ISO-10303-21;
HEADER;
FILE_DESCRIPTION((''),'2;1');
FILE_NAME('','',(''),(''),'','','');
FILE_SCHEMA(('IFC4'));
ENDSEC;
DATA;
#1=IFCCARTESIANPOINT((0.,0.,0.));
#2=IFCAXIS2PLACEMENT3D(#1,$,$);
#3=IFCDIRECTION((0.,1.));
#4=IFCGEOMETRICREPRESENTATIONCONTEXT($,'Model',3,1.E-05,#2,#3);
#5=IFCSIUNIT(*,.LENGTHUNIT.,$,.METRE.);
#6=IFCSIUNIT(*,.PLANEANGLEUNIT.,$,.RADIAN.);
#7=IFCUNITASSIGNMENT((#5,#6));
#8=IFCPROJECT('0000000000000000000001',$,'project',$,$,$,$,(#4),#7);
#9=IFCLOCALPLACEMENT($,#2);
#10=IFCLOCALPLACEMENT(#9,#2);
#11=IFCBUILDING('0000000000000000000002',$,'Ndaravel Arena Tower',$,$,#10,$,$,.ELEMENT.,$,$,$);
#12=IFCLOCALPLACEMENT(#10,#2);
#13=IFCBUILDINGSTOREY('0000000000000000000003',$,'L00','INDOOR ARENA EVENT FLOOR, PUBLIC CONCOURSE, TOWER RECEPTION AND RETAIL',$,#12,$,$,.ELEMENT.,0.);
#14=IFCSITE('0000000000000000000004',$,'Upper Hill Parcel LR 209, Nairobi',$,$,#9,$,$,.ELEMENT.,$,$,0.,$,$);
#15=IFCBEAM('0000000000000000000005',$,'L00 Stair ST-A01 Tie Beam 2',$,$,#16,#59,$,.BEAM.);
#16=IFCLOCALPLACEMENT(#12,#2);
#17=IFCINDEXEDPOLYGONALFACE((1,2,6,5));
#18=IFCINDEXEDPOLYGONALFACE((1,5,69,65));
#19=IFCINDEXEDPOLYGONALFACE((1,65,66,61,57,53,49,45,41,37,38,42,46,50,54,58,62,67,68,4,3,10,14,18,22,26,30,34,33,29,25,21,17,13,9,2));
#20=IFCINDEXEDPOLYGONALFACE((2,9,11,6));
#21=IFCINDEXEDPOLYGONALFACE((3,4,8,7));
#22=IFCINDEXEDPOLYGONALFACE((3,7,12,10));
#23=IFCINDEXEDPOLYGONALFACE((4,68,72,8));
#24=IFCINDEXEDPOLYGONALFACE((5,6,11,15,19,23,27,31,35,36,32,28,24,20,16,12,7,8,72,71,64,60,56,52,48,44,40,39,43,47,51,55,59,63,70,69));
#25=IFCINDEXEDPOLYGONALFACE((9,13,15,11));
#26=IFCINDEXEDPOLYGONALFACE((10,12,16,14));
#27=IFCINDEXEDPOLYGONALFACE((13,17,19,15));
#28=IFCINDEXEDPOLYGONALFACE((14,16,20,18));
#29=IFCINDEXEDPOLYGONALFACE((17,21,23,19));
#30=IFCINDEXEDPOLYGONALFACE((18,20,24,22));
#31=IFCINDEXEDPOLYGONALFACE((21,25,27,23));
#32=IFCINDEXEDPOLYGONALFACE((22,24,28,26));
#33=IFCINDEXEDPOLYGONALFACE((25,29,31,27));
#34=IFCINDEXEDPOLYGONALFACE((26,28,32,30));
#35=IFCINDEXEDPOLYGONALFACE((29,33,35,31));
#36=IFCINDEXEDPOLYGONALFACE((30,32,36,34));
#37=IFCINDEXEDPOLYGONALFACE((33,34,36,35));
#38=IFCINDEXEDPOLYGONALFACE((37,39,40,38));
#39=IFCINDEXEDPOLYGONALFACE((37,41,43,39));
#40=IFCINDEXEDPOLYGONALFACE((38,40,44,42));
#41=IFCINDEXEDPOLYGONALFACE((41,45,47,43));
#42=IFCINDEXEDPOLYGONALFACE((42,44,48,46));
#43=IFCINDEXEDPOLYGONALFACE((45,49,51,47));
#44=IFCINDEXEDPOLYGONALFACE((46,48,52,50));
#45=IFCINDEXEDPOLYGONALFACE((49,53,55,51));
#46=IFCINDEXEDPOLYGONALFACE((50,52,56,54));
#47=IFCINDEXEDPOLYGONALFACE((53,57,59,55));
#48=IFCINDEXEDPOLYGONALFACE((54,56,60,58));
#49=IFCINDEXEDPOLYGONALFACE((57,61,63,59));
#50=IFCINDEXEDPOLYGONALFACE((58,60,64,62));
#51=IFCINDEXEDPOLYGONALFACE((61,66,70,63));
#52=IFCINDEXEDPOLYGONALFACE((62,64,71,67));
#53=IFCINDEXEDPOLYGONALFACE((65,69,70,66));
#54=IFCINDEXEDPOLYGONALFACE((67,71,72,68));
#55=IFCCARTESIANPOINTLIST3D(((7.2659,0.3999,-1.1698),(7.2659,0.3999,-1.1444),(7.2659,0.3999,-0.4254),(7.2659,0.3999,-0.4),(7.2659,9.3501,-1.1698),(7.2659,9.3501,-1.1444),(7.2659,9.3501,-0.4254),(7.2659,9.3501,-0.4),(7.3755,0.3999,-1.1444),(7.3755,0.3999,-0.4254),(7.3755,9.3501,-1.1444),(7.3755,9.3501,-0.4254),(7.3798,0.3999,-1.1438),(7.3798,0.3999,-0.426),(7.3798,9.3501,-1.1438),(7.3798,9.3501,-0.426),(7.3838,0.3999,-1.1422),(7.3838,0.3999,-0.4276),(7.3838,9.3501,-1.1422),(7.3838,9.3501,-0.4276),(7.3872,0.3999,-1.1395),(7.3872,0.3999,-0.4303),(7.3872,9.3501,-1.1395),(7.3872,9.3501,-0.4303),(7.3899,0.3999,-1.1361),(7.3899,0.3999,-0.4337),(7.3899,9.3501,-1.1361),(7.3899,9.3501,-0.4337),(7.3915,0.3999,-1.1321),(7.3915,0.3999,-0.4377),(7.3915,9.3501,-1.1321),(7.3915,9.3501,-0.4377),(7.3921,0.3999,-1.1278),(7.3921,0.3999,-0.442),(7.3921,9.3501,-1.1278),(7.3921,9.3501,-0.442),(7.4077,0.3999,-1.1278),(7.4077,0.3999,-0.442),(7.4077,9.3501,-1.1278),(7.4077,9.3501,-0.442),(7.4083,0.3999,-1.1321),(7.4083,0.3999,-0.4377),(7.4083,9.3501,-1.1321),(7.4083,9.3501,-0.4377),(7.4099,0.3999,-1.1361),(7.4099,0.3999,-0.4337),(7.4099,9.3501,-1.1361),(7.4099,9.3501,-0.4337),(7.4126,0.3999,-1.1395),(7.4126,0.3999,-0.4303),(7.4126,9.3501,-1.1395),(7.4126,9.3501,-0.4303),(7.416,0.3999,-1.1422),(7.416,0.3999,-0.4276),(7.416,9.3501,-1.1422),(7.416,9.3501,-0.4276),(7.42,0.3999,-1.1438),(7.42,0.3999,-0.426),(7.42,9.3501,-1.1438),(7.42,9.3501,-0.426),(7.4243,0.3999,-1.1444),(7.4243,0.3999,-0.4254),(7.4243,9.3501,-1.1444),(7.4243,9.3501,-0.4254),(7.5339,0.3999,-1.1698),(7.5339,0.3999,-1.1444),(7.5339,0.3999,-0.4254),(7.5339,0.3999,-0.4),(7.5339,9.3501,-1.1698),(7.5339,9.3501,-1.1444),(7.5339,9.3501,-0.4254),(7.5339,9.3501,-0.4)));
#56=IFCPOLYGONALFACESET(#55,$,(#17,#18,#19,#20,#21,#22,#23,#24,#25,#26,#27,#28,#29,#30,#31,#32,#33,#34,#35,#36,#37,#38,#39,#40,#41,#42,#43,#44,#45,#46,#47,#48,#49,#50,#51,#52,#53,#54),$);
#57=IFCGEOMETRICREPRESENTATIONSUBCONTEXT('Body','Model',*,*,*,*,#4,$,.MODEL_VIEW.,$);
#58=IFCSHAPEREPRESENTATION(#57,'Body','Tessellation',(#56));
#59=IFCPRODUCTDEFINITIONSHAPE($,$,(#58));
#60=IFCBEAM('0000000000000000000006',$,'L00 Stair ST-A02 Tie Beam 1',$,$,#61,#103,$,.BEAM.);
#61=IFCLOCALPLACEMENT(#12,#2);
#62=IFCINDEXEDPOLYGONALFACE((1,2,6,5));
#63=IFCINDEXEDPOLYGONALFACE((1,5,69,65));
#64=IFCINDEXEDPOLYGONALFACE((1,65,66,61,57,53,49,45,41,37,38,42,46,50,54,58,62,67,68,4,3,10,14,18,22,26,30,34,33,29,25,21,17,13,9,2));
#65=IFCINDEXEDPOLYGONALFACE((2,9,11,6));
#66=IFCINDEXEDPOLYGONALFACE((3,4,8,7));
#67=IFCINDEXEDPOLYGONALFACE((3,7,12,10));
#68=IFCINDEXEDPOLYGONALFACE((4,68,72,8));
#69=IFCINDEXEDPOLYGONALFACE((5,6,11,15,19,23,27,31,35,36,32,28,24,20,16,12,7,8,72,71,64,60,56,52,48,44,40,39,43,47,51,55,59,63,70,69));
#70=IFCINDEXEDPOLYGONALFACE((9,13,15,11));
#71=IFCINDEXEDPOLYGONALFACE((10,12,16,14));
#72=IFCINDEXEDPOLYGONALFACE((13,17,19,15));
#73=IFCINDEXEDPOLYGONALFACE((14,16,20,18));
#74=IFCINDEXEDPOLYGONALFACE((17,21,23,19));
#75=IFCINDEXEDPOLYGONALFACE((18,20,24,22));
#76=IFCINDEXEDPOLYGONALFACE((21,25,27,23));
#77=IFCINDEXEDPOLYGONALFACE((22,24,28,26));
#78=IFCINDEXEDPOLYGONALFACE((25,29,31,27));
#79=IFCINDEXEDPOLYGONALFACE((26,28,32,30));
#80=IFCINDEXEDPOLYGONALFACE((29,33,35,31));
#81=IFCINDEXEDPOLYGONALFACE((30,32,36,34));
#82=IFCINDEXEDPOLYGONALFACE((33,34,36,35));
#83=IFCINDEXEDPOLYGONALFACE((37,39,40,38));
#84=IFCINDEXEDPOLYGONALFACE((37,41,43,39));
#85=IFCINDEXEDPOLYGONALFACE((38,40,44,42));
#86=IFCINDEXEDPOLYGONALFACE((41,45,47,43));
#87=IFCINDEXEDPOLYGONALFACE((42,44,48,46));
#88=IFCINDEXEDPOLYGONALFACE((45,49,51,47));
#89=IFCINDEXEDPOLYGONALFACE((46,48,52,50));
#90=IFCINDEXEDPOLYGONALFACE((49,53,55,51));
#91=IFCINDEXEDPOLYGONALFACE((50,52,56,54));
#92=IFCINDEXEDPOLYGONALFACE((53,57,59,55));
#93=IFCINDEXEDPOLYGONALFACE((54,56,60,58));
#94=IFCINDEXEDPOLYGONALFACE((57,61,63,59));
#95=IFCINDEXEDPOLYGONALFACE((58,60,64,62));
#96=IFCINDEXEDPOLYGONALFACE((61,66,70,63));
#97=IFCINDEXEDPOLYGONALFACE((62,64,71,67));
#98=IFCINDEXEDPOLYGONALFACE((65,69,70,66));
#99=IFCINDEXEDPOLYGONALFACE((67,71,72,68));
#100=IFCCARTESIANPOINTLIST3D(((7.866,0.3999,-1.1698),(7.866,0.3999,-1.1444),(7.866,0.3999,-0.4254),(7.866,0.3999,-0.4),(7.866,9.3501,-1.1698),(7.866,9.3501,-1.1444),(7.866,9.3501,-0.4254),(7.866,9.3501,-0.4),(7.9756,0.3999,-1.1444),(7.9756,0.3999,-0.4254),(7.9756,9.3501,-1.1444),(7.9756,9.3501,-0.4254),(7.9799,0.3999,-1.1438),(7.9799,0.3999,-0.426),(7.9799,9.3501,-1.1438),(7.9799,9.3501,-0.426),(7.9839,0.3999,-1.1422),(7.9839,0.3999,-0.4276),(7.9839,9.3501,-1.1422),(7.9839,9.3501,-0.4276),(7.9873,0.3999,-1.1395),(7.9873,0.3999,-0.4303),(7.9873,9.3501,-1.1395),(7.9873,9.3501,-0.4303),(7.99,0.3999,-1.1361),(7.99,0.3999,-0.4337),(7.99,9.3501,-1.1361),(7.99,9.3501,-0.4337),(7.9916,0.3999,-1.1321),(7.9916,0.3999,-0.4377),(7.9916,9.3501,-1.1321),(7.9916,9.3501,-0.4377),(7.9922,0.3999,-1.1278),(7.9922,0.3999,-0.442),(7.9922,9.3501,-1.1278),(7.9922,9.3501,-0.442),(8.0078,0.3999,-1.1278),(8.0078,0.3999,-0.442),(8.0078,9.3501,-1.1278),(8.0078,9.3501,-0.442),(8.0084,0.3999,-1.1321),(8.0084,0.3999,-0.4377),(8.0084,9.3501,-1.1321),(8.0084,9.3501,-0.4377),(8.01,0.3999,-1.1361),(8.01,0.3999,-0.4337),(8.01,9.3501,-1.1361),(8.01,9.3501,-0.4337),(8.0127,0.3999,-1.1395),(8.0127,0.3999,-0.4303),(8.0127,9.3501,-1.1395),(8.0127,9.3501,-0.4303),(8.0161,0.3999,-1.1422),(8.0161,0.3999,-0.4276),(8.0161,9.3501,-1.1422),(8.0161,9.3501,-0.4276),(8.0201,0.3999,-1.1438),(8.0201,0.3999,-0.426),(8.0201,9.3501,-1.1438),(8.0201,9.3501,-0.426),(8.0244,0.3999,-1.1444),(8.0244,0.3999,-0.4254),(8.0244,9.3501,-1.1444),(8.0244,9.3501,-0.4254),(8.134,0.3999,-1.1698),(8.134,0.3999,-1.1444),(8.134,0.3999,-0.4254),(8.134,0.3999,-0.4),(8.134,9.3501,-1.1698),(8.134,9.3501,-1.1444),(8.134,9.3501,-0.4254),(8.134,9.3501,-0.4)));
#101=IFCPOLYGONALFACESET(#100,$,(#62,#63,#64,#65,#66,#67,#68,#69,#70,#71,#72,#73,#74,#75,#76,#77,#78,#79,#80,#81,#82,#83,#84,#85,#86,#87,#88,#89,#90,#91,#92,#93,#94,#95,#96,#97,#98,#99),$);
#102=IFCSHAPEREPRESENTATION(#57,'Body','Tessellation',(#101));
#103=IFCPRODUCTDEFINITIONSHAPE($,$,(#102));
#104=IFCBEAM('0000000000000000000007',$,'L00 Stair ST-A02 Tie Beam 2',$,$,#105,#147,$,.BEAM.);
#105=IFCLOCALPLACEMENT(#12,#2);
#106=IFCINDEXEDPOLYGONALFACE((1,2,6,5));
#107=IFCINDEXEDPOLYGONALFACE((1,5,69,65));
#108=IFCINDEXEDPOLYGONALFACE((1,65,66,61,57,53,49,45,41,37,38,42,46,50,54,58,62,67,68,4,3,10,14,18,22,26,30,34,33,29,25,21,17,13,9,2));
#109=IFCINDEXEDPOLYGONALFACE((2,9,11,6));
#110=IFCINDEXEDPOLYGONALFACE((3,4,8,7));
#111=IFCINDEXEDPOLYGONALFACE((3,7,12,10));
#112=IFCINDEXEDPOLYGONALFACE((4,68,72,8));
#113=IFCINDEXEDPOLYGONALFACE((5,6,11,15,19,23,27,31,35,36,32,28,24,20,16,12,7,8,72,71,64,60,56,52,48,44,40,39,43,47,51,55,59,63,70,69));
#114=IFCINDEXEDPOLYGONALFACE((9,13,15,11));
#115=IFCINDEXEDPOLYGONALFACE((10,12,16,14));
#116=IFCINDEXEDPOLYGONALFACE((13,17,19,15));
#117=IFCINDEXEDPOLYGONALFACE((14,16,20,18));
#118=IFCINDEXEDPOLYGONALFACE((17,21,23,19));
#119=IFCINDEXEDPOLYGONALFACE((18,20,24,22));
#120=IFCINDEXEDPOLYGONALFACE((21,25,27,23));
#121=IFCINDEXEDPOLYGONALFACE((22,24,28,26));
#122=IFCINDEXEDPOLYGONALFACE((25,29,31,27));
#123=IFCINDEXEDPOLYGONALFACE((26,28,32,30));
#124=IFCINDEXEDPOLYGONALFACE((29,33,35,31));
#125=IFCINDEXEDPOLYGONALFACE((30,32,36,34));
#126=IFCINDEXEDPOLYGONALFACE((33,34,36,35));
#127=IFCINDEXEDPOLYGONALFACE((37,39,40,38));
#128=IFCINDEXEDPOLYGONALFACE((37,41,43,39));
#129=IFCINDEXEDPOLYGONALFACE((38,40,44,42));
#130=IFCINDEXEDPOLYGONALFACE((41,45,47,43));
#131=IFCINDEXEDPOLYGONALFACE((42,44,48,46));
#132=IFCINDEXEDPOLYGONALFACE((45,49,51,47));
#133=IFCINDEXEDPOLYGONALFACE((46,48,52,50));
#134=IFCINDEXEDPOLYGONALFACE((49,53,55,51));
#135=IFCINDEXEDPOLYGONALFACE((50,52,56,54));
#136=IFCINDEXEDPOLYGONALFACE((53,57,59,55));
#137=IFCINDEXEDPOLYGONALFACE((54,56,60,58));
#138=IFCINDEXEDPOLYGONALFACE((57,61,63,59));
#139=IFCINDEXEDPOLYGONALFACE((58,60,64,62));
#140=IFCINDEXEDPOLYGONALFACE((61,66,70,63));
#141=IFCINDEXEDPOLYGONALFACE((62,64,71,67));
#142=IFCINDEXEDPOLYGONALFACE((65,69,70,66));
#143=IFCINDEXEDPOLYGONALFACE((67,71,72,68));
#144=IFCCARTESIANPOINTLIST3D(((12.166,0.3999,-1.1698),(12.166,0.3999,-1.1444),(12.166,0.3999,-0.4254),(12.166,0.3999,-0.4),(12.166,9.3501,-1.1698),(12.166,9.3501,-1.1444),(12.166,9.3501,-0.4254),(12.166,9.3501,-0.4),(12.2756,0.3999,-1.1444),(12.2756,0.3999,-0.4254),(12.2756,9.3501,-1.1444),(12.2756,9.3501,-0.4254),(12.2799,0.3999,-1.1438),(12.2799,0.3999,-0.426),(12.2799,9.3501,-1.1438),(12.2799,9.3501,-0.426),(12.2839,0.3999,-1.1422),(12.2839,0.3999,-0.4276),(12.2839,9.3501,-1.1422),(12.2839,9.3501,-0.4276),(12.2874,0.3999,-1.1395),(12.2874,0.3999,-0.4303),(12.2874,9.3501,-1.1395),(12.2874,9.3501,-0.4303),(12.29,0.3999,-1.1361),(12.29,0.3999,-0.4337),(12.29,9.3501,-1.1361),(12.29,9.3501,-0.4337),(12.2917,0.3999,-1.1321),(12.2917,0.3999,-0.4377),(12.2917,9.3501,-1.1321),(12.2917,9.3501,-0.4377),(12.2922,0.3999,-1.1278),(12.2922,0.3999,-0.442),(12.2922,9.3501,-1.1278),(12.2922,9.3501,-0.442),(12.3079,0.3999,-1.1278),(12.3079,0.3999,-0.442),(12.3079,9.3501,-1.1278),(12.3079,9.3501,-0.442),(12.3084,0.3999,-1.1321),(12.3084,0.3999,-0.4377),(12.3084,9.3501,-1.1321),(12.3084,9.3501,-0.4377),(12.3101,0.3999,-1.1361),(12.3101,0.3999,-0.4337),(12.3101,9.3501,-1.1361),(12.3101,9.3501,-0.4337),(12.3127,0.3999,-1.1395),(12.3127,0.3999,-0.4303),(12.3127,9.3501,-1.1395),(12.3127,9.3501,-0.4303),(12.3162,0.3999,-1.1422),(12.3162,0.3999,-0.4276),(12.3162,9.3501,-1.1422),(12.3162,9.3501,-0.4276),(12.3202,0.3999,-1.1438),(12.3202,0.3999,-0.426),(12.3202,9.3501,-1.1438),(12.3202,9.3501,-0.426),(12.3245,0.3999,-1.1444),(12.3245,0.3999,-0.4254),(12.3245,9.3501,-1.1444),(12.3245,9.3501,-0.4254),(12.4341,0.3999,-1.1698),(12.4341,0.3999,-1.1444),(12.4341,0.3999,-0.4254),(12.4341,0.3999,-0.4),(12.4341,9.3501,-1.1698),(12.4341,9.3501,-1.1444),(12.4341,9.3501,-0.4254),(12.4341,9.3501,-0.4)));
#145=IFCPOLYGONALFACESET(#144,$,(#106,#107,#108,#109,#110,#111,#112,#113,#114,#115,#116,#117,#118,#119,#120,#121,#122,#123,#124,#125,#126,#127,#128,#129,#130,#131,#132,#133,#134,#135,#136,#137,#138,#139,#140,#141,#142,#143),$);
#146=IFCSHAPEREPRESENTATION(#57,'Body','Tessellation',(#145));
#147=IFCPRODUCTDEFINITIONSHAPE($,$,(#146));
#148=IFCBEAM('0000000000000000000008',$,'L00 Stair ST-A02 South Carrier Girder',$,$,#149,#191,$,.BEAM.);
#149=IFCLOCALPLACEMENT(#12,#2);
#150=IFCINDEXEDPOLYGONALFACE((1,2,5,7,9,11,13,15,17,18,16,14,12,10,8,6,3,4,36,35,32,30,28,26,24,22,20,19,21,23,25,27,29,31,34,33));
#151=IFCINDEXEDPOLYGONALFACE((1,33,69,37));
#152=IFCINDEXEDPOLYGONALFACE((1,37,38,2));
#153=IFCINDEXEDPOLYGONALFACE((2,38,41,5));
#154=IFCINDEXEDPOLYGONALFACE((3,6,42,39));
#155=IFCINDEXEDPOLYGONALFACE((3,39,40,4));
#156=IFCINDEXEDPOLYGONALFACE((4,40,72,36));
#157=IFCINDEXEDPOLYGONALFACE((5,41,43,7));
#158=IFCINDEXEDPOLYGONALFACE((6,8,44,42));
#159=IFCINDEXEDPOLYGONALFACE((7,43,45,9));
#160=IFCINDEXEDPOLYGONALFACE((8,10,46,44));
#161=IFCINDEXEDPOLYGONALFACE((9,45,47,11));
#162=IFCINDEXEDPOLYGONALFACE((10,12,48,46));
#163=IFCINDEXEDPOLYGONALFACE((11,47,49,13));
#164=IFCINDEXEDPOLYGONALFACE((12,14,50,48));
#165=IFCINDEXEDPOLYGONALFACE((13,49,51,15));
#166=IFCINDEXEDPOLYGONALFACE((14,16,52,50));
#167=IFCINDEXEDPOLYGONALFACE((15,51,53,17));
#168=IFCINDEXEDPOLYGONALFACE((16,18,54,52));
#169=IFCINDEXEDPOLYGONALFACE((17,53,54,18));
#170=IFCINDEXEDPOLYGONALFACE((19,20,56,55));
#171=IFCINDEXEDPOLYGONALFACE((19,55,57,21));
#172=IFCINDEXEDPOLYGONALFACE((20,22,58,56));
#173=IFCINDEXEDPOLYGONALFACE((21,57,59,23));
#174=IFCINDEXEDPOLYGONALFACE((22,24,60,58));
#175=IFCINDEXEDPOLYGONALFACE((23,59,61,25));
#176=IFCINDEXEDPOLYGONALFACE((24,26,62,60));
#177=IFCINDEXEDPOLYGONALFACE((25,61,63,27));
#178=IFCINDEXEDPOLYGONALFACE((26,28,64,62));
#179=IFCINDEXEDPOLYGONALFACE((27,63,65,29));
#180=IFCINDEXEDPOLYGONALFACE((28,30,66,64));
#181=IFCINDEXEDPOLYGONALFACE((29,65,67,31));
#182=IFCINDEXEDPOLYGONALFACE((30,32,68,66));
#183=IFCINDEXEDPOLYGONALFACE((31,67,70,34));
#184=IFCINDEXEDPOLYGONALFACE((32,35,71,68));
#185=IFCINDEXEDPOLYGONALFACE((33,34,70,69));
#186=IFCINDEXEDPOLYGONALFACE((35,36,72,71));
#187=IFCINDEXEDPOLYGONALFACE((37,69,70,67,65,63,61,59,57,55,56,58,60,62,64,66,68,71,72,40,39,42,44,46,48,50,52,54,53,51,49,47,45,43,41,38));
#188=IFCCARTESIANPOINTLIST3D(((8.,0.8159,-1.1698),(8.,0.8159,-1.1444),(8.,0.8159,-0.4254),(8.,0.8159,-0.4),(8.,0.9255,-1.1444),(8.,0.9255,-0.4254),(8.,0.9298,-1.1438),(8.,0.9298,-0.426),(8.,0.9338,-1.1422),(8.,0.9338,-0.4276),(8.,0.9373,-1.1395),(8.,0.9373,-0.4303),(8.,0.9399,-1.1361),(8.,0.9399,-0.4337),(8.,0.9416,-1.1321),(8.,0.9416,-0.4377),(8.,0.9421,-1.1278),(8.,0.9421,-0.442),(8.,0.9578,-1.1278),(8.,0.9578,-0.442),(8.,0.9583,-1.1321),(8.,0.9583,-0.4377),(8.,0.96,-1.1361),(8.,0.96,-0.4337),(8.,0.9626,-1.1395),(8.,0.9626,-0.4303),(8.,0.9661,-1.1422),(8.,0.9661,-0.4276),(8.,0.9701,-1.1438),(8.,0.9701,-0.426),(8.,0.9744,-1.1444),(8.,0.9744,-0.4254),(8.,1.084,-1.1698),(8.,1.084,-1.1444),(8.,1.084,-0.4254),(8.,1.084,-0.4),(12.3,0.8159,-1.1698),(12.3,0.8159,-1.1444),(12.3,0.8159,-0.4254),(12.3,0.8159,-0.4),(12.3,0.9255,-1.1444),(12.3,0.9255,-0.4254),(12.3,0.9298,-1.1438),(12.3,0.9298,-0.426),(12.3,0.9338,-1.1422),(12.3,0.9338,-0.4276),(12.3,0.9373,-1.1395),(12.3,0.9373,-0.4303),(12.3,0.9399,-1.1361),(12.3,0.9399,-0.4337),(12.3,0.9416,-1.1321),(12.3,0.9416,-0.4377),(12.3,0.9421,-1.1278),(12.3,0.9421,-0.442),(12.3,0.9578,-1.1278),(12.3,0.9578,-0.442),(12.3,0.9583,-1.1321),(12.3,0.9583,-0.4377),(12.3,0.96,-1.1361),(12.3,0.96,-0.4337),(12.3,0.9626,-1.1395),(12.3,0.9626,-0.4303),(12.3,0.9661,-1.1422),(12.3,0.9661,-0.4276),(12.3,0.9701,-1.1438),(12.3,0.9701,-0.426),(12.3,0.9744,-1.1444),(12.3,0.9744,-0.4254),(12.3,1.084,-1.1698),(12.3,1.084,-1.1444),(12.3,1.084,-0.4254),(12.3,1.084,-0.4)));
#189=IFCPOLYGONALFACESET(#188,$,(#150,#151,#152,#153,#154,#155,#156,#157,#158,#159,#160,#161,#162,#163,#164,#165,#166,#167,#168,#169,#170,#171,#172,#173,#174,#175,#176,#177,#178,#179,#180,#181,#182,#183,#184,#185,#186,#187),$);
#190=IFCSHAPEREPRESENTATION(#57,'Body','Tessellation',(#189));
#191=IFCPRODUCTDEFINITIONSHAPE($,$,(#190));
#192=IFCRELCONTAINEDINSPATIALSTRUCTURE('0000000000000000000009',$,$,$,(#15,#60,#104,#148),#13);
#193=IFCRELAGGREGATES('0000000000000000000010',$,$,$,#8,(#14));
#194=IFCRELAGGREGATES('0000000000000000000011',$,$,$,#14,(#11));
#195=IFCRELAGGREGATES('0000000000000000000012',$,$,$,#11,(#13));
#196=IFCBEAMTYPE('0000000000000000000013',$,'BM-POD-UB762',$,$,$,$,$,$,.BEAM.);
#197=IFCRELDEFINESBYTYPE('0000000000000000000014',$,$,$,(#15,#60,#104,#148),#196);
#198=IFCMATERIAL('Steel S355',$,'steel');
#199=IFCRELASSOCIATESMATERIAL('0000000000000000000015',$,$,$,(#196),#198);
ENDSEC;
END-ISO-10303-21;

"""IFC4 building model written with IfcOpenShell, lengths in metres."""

from ifc_helpers import new_model, si_unit, direction, frame, origin, origin_2d, place, context, subcontext, project, spatial, i_section, extrude, material, material_profile, profile_set, type_object, element, save


model = new_model("IFC4")

# Units and contexts
model_context = context("Model", 3, precision=1e-05, world=origin(), true_north=direction((0.0, 1.0)))
body_context = subcontext(model_context, "Body", "Model", "MODEL_VIEW")
ifc_project = project(units=[si_unit("LENGTHUNIT", "METRE"), si_unit("PLANEANGLEUNIT", "RADIAN")], contexts=[model_context])

# Site, building, storey
site_placement = place(None, origin())
site = spatial("IfcSite", under=ifc_project, at=site_placement, Name="Upper Hill Parcel LR 209, Nairobi", CompositionType="ELEMENT", RefElevation=0.0)
building_placement = place(site_placement, origin())
building = spatial("IfcBuilding", under=site, at=building_placement, Name="Ndaravel Arena Tower", CompositionType="ELEMENT")
storey_placement = place(building_placement, origin())
storey = spatial("IfcBuildingStorey", under=building, at=storey_placement, Name="L00", Description="INDOOR ARENA EVENT FLOOR, PUBLIC CONCOURSE, TOWER RECEPTION AND RETAIL", CompositionType="ELEMENT", Elevation=0.0)

# Beams
ifc_material_1 = material(Name="Steel S355", Category="steel")
ifc_material_profile = material_profile(ifc_material_1, i_section(OverallWidth=0.2681, OverallDepth=0.7698, WebThickness=0.0156, FlangeThickness=0.0254, FilletRadius=0.0166, at=origin_2d()), Name="UB 762x267x197")
ifc_profile_set = profile_set([ifc_material_profile], Name="Steel S355")
beam_type = type_object("IfcBeamType", Name="BM-POD-UB762", PredefinedType="BEAM", material=ifc_profile_set)
for number, where, z_axis, x_axis, name in (
    (1, (7.3999, 0.3999, -0.7849), (0.0, 1.0, 0.0), (-1.0, 0.0, 0.0), "L00 Stair ST-A01 Tie Beam 2"),
    (2, (8.0, 0.3999, -0.7849), (0.0, 1.0, 0.0), (-1.0, 0.0, 0.0), "L00 Stair ST-A02 Tie Beam 1"),
    (3, (12.3, 0.3999, -0.7849), (0.0, 1.0, 0.0), (-1.0, 0.0, 0.0), "L00 Stair ST-A02 Tie Beam 2"),
):
    element("IfcBeam", number, at=place(storey_placement, frame(where, z_axis=z_axis, x_axis=x_axis)), inside=storey, type_object=beam_type, Name=name, PredefinedType="BEAM", context=body_context, shape_type="SweptSolid", body=[
        extrude(i_section(OverallWidth=0.2681, OverallDepth=0.7698, WebThickness=0.0156, FlangeThickness=0.0254, FilletRadius=0.0166, at=origin_2d()), origin(), (0.0, 0.0, 1.0), 8.9502),
    ])
beam_1_placement = place(storey_placement, frame((8.0, 0.95, -0.7849), z_axis=(1.0, 0.0, 0.0), x_axis=(0.0, 1.0, 0.0)))
element("IfcBeam", 4, at=beam_1_placement, inside=storey, type_object=beam_type, Name="L00 Stair ST-A02 South Carrier Girder", PredefinedType="BEAM", context=body_context, shape_type="SweptSolid", body=[
    extrude(i_section(OverallWidth=0.2681, OverallDepth=0.7698, WebThickness=0.0156, FlangeThickness=0.0254, FilletRadius=0.0166, at=origin_2d()), origin(), (0.0, 0.0, 1.0), 4.3),
])

save(model, "model.ifc")
